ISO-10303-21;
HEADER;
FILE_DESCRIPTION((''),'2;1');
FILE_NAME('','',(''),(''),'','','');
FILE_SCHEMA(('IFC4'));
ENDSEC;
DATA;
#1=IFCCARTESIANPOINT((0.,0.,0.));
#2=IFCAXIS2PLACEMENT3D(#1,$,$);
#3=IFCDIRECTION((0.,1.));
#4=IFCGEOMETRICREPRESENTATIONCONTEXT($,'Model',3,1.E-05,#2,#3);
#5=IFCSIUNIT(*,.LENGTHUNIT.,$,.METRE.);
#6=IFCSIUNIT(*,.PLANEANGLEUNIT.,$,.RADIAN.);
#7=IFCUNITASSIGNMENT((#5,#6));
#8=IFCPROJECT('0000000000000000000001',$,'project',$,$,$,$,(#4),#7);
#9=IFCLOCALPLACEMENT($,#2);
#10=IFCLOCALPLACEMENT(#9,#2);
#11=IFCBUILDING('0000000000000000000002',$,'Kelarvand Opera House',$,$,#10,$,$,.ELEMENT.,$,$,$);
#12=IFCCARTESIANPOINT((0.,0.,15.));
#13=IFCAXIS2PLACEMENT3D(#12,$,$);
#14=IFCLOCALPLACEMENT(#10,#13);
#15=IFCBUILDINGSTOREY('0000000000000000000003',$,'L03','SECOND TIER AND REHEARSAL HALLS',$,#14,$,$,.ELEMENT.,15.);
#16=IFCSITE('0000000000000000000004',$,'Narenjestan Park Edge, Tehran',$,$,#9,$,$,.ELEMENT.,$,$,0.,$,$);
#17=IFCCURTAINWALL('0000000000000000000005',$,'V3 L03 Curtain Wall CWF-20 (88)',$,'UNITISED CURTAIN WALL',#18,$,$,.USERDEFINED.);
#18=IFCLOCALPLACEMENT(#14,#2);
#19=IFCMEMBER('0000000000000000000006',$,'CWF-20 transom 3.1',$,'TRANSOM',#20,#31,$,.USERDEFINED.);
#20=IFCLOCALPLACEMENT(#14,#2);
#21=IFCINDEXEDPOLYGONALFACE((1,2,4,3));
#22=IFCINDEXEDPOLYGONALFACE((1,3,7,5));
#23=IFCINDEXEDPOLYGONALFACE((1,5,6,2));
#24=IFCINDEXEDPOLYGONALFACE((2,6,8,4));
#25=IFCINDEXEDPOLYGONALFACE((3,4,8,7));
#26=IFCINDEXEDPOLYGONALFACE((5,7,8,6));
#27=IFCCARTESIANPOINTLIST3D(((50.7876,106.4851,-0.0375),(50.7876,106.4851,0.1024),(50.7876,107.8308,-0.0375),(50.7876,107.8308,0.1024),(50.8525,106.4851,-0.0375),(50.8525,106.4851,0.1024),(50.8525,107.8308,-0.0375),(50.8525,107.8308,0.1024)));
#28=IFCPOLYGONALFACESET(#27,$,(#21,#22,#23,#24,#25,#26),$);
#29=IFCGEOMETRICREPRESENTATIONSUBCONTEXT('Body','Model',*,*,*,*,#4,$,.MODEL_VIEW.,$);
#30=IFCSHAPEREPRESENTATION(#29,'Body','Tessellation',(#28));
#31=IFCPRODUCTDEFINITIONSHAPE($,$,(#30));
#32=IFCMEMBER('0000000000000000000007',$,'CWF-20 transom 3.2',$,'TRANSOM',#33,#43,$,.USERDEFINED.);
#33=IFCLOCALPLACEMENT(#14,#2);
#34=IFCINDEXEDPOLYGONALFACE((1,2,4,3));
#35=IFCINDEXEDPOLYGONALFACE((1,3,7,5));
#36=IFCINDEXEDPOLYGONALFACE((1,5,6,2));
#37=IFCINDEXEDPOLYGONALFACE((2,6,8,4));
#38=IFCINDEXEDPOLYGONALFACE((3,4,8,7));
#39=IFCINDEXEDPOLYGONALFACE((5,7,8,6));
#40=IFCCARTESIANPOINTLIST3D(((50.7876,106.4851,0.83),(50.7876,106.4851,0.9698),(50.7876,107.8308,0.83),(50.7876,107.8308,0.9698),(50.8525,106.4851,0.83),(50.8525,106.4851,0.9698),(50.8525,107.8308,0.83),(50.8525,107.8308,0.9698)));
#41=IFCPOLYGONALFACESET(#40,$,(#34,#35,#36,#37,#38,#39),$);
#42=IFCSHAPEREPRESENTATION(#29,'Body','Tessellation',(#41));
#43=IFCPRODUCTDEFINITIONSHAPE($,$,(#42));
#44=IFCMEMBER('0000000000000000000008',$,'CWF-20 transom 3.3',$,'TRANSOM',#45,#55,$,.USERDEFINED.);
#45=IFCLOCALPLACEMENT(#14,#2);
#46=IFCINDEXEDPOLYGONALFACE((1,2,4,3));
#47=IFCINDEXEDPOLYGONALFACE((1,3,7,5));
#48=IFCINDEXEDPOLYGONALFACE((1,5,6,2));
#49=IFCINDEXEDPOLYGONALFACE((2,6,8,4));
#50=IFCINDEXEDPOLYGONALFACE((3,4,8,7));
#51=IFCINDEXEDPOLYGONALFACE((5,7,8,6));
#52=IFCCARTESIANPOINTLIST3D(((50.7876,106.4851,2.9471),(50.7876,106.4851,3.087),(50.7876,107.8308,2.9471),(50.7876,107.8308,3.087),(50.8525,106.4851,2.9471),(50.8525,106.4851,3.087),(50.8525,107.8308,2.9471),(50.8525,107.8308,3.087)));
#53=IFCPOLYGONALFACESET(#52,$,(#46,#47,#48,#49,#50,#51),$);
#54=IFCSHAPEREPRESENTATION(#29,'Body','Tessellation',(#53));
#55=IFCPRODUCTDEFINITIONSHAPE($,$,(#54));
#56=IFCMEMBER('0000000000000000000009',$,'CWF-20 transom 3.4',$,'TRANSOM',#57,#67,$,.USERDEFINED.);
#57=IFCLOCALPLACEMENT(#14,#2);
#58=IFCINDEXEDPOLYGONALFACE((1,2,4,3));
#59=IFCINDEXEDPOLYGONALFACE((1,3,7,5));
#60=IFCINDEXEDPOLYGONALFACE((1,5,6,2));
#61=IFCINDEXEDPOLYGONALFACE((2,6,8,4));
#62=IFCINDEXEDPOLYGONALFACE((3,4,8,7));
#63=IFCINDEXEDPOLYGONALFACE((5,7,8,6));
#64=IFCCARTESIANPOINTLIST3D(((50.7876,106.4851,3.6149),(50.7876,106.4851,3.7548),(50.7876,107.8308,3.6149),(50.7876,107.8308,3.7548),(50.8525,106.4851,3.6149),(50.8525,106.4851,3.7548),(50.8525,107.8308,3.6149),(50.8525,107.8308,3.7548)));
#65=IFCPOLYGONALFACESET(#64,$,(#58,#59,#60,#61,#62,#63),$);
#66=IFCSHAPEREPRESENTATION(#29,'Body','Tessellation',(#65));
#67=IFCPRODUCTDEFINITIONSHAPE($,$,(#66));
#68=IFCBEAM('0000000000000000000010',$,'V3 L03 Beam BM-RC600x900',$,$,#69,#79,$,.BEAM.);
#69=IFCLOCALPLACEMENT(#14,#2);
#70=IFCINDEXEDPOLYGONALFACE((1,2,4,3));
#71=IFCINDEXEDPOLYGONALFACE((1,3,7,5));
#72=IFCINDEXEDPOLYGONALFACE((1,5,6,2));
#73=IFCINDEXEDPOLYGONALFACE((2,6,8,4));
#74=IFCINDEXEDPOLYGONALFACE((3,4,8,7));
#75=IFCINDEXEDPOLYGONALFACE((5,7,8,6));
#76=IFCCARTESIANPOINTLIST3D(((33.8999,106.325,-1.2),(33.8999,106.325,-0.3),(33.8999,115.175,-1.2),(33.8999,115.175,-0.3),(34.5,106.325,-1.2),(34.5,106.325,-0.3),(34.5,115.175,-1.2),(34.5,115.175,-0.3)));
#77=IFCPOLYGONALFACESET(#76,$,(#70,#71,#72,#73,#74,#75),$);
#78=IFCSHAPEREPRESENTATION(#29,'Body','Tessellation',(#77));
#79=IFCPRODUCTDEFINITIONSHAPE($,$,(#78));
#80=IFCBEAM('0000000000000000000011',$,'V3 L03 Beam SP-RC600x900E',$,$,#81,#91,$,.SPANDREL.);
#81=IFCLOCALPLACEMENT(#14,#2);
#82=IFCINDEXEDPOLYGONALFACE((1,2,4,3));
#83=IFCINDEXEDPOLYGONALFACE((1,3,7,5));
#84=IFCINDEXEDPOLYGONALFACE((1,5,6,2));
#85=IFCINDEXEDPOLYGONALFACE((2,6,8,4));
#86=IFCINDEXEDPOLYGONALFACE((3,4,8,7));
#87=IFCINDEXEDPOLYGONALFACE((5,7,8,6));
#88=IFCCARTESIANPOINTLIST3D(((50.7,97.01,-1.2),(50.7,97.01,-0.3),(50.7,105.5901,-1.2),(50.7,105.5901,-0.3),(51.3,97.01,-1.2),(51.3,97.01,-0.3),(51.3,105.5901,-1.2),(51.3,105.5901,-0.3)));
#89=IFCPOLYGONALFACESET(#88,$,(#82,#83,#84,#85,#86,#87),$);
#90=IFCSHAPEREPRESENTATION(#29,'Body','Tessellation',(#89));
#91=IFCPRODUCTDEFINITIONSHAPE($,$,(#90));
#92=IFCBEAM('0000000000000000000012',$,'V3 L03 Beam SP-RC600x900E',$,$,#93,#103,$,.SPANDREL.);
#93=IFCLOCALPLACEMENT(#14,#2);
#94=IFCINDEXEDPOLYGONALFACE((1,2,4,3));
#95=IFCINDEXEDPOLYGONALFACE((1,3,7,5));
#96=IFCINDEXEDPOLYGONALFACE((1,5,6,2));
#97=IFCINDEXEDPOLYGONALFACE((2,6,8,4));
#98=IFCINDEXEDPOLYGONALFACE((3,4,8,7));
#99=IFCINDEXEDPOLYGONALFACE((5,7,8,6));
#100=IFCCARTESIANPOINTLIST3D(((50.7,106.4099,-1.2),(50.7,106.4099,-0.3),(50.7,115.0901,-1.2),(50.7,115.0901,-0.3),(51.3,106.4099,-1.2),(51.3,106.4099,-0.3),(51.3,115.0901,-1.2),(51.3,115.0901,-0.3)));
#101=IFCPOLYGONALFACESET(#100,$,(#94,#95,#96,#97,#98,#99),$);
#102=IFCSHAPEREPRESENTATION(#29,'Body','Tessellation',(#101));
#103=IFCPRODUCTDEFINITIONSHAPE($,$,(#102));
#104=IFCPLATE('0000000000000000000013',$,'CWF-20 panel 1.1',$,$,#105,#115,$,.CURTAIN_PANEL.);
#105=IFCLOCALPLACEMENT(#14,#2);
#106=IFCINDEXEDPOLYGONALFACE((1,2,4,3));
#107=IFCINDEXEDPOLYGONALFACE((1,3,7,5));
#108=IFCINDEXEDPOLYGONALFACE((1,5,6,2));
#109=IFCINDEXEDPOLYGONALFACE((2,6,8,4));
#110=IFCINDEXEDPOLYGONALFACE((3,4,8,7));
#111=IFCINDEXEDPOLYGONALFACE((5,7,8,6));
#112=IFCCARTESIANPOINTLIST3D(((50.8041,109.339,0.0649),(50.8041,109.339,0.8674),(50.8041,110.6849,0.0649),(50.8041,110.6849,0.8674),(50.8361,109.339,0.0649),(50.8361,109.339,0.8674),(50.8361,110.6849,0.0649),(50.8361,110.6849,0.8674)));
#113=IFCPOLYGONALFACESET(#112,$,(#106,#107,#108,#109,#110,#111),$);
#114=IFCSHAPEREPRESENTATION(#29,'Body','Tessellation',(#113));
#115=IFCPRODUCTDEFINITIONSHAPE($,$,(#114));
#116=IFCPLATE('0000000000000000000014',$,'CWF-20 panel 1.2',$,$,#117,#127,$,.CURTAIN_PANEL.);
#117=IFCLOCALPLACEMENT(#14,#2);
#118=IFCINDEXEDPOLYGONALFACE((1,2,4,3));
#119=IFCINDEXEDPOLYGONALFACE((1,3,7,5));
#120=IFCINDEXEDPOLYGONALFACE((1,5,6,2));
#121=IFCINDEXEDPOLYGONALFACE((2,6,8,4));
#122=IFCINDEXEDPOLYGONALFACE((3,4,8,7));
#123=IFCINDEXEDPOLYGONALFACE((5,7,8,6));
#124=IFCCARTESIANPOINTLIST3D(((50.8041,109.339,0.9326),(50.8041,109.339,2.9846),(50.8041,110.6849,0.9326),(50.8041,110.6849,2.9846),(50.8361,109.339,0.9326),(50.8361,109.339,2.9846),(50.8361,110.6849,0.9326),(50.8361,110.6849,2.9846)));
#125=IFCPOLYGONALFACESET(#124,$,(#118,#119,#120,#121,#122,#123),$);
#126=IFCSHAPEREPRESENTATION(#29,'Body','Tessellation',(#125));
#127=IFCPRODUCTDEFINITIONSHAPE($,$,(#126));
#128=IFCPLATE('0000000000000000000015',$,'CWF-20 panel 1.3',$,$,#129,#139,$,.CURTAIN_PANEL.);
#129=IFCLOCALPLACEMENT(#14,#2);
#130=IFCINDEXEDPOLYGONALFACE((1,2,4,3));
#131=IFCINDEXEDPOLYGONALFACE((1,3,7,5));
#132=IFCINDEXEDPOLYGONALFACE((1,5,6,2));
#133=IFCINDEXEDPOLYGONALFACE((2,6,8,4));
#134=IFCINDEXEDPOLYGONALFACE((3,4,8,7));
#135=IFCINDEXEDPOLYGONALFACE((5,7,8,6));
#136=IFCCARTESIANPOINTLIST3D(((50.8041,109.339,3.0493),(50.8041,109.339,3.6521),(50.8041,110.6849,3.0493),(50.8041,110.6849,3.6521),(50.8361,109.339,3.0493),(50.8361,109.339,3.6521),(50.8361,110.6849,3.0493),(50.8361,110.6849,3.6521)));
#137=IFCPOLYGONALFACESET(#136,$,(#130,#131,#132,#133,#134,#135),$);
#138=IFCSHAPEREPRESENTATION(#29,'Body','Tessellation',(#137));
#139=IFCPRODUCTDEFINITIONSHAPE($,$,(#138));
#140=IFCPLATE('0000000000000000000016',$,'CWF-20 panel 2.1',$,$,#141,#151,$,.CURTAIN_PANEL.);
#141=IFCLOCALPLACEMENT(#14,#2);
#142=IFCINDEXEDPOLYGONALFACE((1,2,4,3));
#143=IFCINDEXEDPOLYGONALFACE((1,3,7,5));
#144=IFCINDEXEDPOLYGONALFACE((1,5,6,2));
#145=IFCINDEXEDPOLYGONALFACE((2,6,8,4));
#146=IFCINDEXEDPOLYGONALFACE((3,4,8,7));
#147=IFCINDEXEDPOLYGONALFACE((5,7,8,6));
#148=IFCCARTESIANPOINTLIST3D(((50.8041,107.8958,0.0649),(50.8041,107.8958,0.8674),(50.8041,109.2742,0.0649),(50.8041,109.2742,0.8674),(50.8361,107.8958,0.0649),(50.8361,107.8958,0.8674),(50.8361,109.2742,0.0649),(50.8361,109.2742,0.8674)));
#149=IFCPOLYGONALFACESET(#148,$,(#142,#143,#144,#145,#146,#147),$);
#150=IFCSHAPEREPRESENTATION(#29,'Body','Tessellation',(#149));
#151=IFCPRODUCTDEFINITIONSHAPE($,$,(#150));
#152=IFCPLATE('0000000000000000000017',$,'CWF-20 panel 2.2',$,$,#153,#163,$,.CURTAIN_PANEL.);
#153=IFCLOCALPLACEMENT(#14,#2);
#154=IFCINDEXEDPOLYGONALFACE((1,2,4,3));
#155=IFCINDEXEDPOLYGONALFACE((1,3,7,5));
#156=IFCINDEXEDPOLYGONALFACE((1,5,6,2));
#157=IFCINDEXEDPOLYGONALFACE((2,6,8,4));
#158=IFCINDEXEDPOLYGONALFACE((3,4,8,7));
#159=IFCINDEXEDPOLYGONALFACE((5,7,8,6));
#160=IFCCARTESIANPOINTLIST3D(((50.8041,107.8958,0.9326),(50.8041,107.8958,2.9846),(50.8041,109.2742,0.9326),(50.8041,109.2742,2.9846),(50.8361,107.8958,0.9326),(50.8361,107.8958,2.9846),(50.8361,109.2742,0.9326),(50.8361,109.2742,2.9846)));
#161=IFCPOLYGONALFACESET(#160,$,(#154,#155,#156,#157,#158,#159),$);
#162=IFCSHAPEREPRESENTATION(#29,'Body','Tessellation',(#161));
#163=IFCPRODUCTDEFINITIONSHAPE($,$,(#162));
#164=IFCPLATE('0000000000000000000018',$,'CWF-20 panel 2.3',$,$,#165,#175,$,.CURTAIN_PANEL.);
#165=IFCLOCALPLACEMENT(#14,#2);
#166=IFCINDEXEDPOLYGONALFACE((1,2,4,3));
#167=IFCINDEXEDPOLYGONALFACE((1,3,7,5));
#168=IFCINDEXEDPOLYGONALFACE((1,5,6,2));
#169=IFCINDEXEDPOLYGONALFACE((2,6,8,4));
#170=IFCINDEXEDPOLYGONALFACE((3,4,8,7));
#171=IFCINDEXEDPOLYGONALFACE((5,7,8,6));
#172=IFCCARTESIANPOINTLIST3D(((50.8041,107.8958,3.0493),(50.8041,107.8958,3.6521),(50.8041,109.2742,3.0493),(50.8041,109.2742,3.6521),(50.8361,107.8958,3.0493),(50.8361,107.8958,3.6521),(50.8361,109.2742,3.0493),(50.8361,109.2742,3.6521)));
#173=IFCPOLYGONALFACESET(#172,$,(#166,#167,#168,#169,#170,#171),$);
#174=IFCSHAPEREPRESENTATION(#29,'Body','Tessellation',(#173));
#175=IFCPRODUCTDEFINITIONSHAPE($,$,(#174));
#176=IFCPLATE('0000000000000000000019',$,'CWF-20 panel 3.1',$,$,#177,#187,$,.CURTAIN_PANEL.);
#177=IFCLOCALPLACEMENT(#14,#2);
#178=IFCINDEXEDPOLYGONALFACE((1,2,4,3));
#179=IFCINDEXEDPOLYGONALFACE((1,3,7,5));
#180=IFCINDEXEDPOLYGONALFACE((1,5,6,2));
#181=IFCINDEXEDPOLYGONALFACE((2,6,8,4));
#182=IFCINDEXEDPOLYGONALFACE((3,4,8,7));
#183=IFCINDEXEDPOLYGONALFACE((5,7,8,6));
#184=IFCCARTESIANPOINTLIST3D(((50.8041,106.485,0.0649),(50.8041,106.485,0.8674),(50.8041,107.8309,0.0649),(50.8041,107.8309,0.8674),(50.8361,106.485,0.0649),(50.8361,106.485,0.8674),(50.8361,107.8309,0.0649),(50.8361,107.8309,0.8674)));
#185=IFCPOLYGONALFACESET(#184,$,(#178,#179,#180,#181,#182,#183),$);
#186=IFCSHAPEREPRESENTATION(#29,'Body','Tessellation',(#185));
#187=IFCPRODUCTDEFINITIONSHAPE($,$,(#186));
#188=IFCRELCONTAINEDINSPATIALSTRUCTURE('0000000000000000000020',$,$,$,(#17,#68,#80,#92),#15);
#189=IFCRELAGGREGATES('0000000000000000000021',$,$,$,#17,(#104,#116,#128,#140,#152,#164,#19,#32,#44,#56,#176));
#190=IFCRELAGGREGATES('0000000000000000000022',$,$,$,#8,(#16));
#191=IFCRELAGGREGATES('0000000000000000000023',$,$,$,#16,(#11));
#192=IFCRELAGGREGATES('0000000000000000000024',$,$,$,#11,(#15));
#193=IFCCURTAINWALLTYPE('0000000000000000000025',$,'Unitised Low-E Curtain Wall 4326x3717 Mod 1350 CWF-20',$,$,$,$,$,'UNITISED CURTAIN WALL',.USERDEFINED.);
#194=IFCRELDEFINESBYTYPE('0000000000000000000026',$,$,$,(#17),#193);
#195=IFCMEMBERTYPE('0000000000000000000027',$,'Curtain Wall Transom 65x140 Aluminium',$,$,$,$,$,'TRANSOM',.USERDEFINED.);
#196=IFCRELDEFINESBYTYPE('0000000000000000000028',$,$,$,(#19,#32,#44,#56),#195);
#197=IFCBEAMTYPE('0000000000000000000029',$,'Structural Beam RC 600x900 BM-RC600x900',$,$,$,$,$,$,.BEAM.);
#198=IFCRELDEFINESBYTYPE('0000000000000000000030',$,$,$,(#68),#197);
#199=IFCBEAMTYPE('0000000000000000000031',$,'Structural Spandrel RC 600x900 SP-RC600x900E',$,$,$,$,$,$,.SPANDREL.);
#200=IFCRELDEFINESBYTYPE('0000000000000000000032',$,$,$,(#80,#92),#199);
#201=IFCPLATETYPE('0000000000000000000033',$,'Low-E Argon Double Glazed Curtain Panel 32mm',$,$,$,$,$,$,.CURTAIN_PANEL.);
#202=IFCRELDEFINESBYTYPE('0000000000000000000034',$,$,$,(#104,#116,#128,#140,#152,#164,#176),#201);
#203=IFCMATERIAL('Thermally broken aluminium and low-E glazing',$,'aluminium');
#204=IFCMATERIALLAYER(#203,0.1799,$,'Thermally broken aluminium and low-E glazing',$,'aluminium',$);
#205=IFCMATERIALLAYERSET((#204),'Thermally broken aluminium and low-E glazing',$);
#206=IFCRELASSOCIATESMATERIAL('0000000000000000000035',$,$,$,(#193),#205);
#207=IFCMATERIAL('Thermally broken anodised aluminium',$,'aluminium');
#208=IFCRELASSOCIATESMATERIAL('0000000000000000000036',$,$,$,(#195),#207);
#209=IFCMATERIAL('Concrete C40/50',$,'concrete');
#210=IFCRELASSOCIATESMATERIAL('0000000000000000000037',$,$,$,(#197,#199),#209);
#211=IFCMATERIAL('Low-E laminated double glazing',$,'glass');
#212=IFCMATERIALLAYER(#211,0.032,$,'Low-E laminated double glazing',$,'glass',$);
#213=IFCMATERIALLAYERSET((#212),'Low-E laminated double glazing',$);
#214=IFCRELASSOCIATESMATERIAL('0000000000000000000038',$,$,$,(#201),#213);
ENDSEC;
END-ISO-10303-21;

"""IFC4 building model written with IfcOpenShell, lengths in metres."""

from ifc_helpers import new_model, si_unit, direction, frame, origin, origin_2d, place, context, subcontext, project, spatial, rectangle, extrude, material, layer, layer_set, material_profile, profile_set, type_object, element, aggregate, save


model = new_model("IFC4")

# Units and contexts
model_context = context("Model", 3, precision=1e-05, world=origin(), true_north=direction((0.0, 1.0)))
body_context = subcontext(model_context, "Body", "Model", "MODEL_VIEW")
ifc_project = project(units=[si_unit("LENGTHUNIT", "METRE"), si_unit("PLANEANGLEUNIT", "RADIAN")], contexts=[model_context])

# Site, building, storey
site_placement = place(None, origin())
site = spatial("IfcSite", under=ifc_project, at=site_placement, Name="Narenjestan Park Edge, Tehran", CompositionType="ELEMENT", RefElevation=0.0)
building_placement = place(site_placement, origin())
building = spatial("IfcBuilding", under=site, at=building_placement, Name="Kelarvand Opera House", CompositionType="ELEMENT")
storey_placement = place(building_placement, frame((0.0, 0.0, 15.0)))
storey = spatial("IfcBuildingStorey", under=building, at=storey_placement, Name="L03", Description="SECOND TIER AND REHEARSAL HALLS", CompositionType="ELEMENT", Elevation=15.0)

# Shared definitions
ifc_material_1 = material(Name="Concrete C40/50", Category="concrete")

# Curtain wall, members
ifc_material_2 = material(Name="Thermally broken aluminium and low-E glazing", Category="aluminium")
ifc_layer_1 = layer(ifc_material_2, 0.1799, Name="Thermally broken aluminium and low-E glazing", Category="aluminium")
ifc_layer_set_1 = layer_set([ifc_layer_1], Name="Thermally broken aluminium and low-E glazing")
curtain_wall_type = type_object("IfcCurtainWallType", Name="Unitised Low-E Curtain Wall 4326x3717 Mod 1350 CWF-20", ElementType="UNITISED CURTAIN WALL", PredefinedType="USERDEFINED", material=ifc_layer_set_1)
curtain_wall_placement = place(storey_placement, origin())
curtain_wall = element("IfcCurtainWall", 1, at=curtain_wall_placement, inside=storey, type_object=curtain_wall_type, Name="V3 L03 Curtain Wall CWF-20 (88)", ObjectType="UNITISED CURTAIN WALL", PredefinedType="USERDEFINED")
ifc_material_3 = material(Name="Thermally broken anodised aluminium", Category="aluminium")
ifc_material_profile_1 = material_profile(ifc_material_3, rectangle(XDim=0.0649, YDim=0.1399, at=origin_2d()), Name="ALU TRANSOM 65x140", Category="aluminium")
ifc_profile_set_1 = profile_set([ifc_material_profile_1], Name="Thermally broken anodised aluminium")
member_type_1 = type_object("IfcMemberType", Name="Curtain Wall Transom 65x140 Aluminium", ElementType="TRANSOM", PredefinedType="USERDEFINED", material=ifc_profile_set_1)
member_1_placement = place(storey_placement, frame((50.8201, 107.8308, 0.0325), z_axis=(0.0, -1.0, 0.0), x_axis=(1.0, 0.0, 0.0)))
member_1 = element("IfcMember", 2, at=member_1_placement, type_object=member_type_1, Name="CWF-20 transom 3.1", ObjectType="TRANSOM", PredefinedType="USERDEFINED", context=body_context, shape_type="SweptSolid", body=[
    extrude(rectangle(XDim=0.0649, YDim=0.1399, at=origin_2d()), origin(), (0.0, 0.0, 1.0), 1.3457),
])
member_2_placement = place(storey_placement, frame((50.8201, 107.8308, 0.8999), z_axis=(0.0, -1.0, 0.0), x_axis=(1.0, 0.0, 0.0)))
member_2 = element("IfcMember", 3, at=member_2_placement, type_object=member_type_1, Name="CWF-20 transom 3.2", ObjectType="TRANSOM", PredefinedType="USERDEFINED", context=body_context, shape_type="SweptSolid", body=[
    extrude(rectangle(XDim=0.0649, YDim=0.1399, at=origin_2d()), origin(), (0.0, 0.0, 1.0), 1.3457),
])
member_3_placement = place(storey_placement, frame((50.8201, 107.8308, 3.0171), z_axis=(0.0, -1.0, 0.0), x_axis=(1.0, 0.0, 0.0)))
member_3 = element("IfcMember", 4, at=member_3_placement, type_object=member_type_1, Name="CWF-20 transom 3.3", ObjectType="TRANSOM", PredefinedType="USERDEFINED", context=body_context, shape_type="SweptSolid", body=[
    extrude(rectangle(XDim=0.0649, YDim=0.1399, at=origin_2d()), origin(), (0.0, 0.0, 1.0), 1.3457),
])
member_4_placement = place(storey_placement, frame((50.8201, 107.8308, 3.6848), z_axis=(0.0, -1.0, 0.0), x_axis=(1.0, 0.0, 0.0)))
member_4 = element("IfcMember", 5, at=member_4_placement, type_object=member_type_1, Name="CWF-20 transom 3.4", ObjectType="TRANSOM", PredefinedType="USERDEFINED", context=body_context, shape_type="SweptSolid", body=[
    extrude(rectangle(XDim=0.0649, YDim=0.1399, at=origin_2d()), origin(), (0.0, 0.0, 1.0), 1.3457),
])

# Beams
ifc_material_profile_2 = material_profile(ifc_material_1, rectangle(XDim=0.6001, YDim=0.8999, at=origin_2d()), Name="RC 600x900", Category="concrete")
ifc_profile_set_2 = profile_set([ifc_material_profile_2], Name="Concrete C40/50")
beam_type_1 = type_object("IfcBeamType", Name="Structural Beam RC 600x900 BM-RC600x900", PredefinedType="BEAM", material=ifc_profile_set_2)
beam_1_placement = place(storey_placement, frame((34.2, 106.325, -0.75), z_axis=(0.0, 1.0, 0.0), x_axis=(-1.0, 0.0, 0.0)))
element("IfcBeam", 6, at=beam_1_placement, inside=storey, type_object=beam_type_1, Name="V3 L03 Beam BM-RC600x900", PredefinedType="BEAM", context=body_context, shape_type="SweptSolid", body=[
    extrude(rectangle(XDim=0.6001, YDim=0.8999, at=origin_2d()), origin(), (0.0, 0.0, 1.0), 8.8501),
])
ifc_material_profile_3 = material_profile(ifc_material_1, rectangle(XDim=0.6001, YDim=0.8999, at=origin_2d()), Name="RC 600x900", Category="concrete")
ifc_profile_set_3 = profile_set([ifc_material_profile_3], Name="Concrete C40/50")
beam_type_2 = type_object("IfcBeamType", Name="Structural Spandrel RC 600x900 SP-RC600x900E", PredefinedType="SPANDREL", material=ifc_profile_set_3)
beam_2_placement = place(storey_placement, frame((51.0, 97.01, -0.75), z_axis=(0.0, 1.0, 0.0), x_axis=(-1.0, 0.0, 0.0)))
element("IfcBeam", 7, at=beam_2_placement, inside=storey, type_object=beam_type_2, Name="V3 L03 Beam SP-RC600x900E", PredefinedType="SPANDREL", context=body_context, shape_type="SweptSolid", body=[
    extrude(rectangle(XDim=0.6001, YDim=0.8999, at=origin_2d()), origin(), (0.0, 0.0, 1.0), 8.5801),
])
beam_3_placement = place(storey_placement, frame((51.0, 106.4099, -0.75), z_axis=(0.0, 1.0, 0.0), x_axis=(-1.0, 0.0, 0.0)))
element("IfcBeam", 8, at=beam_3_placement, inside=storey, type_object=beam_type_2, Name="V3 L03 Beam SP-RC600x900E", PredefinedType="SPANDREL", context=body_context, shape_type="SweptSolid", body=[
    extrude(rectangle(XDim=0.6001, YDim=0.8999, at=origin_2d()), origin(), (0.0, 0.0, 1.0), 8.6802),
])

# Plates
ifc_material_4 = material(Name="Low-E laminated double glazing", Category="glass")
ifc_layer_2 = layer(ifc_material_4, 0.032, Name="Low-E laminated double glazing", Category="glass")
ifc_layer_set_2 = layer_set([ifc_layer_2], Name="Low-E laminated double glazing")
plate_type = type_object("IfcPlateType", Name="Low-E Argon Double Glazed Curtain Panel 32mm", PredefinedType="CURTAIN_PANEL", material=ifc_layer_set_2)
plate_1_placement = place(storey_placement, frame((50.8201, 110.012, 0.0649), z_axis=(0.0, 0.0, 1.0), x_axis=(0.0, -1.0, 0.0)))
plate_1 = element("IfcPlate", 9, at=plate_1_placement, type_object=plate_type, Name="CWF-20 panel 1.1", PredefinedType="CURTAIN_PANEL", context=body_context, shape_type="SweptSolid", body=[
    extrude(rectangle(XDim=1.3459, YDim=0.032, at=origin_2d()), origin(), (0.0, 0.0, 1.0), 0.8025),
])
plate_2_placement = place(storey_placement, frame((50.8201, 110.012, 0.9326), z_axis=(0.0, 0.0, 1.0), x_axis=(0.0, -1.0, 0.0)))
plate_2 = element("IfcPlate", 10, at=plate_2_placement, type_object=plate_type, Name="CWF-20 panel 1.2", PredefinedType="CURTAIN_PANEL", context=body_context, shape_type="SweptSolid", body=[
    extrude(rectangle(XDim=1.3459, YDim=0.032, at=origin_2d()), origin(), (0.0, 0.0, 1.0), 2.052),
])
plate_3_placement = place(storey_placement, frame((50.8201, 110.012, 3.0493), z_axis=(0.0, 0.0, 1.0), x_axis=(0.0, -1.0, 0.0)))
plate_3 = element("IfcPlate", 11, at=plate_3_placement, type_object=plate_type, Name="CWF-20 panel 1.3", PredefinedType="CURTAIN_PANEL", context=body_context, shape_type="SweptSolid", body=[
    extrude(rectangle(XDim=1.3459, YDim=0.032, at=origin_2d()), origin(), (0.0, 0.0, 1.0), 0.6028),
])
plate_4_placement = place(storey_placement, frame((50.8201, 108.585, 0.0649), z_axis=(0.0, 0.0, 1.0), x_axis=(0.0, -1.0, 0.0)))
plate_4 = element("IfcPlate", 12, at=plate_4_placement, type_object=plate_type, Name="CWF-20 panel 2.1", PredefinedType="CURTAIN_PANEL", context=body_context, shape_type="SweptSolid", body=[
    extrude(rectangle(XDim=1.3784, YDim=0.032, at=origin_2d()), origin(), (0.0, 0.0, 1.0), 0.8025),
])
plate_5_placement = place(storey_placement, frame((50.8201, 108.585, 0.9326), z_axis=(0.0, 0.0, 1.0), x_axis=(0.0, -1.0, 0.0)))
plate_5 = element("IfcPlate", 13, at=plate_5_placement, type_object=plate_type, Name="CWF-20 panel 2.2", PredefinedType="CURTAIN_PANEL", context=body_context, shape_type="SweptSolid", body=[
    extrude(rectangle(XDim=1.3784, YDim=0.032, at=origin_2d()), origin(), (0.0, 0.0, 1.0), 2.052),
])
plate_6_placement = place(storey_placement, frame((50.8201, 108.585, 3.0493), z_axis=(0.0, 0.0, 1.0), x_axis=(0.0, -1.0, 0.0)))
plate_6 = element("IfcPlate", 14, at=plate_6_placement, type_object=plate_type, Name="CWF-20 panel 2.3", PredefinedType="CURTAIN_PANEL", context=body_context, shape_type="SweptSolid", body=[
    extrude(rectangle(XDim=1.3784, YDim=0.032, at=origin_2d()), origin(), (0.0, 0.0, 1.0), 0.6028),
])
plate_7_placement = place(storey_placement, frame((50.8201, 107.158, 0.0649), z_axis=(0.0, 0.0, 1.0), x_axis=(0.0, -1.0, 0.0)))
plate_7 = element("IfcPlate", 15, at=plate_7_placement, type_object=plate_type, Name="CWF-20 panel 3.1", PredefinedType="CURTAIN_PANEL", context=body_context, shape_type="SweptSolid", body=[
    extrude(rectangle(XDim=1.3459, YDim=0.032, at=origin_2d()), origin(), (0.0, 0.0, 1.0), 0.8025),
])
aggregate(curtain_wall, [plate_1, plate_2, plate_3, plate_4, plate_5, plate_6, member_1, member_2, member_3, member_4, plate_7])

save(model, "model.ifc")
